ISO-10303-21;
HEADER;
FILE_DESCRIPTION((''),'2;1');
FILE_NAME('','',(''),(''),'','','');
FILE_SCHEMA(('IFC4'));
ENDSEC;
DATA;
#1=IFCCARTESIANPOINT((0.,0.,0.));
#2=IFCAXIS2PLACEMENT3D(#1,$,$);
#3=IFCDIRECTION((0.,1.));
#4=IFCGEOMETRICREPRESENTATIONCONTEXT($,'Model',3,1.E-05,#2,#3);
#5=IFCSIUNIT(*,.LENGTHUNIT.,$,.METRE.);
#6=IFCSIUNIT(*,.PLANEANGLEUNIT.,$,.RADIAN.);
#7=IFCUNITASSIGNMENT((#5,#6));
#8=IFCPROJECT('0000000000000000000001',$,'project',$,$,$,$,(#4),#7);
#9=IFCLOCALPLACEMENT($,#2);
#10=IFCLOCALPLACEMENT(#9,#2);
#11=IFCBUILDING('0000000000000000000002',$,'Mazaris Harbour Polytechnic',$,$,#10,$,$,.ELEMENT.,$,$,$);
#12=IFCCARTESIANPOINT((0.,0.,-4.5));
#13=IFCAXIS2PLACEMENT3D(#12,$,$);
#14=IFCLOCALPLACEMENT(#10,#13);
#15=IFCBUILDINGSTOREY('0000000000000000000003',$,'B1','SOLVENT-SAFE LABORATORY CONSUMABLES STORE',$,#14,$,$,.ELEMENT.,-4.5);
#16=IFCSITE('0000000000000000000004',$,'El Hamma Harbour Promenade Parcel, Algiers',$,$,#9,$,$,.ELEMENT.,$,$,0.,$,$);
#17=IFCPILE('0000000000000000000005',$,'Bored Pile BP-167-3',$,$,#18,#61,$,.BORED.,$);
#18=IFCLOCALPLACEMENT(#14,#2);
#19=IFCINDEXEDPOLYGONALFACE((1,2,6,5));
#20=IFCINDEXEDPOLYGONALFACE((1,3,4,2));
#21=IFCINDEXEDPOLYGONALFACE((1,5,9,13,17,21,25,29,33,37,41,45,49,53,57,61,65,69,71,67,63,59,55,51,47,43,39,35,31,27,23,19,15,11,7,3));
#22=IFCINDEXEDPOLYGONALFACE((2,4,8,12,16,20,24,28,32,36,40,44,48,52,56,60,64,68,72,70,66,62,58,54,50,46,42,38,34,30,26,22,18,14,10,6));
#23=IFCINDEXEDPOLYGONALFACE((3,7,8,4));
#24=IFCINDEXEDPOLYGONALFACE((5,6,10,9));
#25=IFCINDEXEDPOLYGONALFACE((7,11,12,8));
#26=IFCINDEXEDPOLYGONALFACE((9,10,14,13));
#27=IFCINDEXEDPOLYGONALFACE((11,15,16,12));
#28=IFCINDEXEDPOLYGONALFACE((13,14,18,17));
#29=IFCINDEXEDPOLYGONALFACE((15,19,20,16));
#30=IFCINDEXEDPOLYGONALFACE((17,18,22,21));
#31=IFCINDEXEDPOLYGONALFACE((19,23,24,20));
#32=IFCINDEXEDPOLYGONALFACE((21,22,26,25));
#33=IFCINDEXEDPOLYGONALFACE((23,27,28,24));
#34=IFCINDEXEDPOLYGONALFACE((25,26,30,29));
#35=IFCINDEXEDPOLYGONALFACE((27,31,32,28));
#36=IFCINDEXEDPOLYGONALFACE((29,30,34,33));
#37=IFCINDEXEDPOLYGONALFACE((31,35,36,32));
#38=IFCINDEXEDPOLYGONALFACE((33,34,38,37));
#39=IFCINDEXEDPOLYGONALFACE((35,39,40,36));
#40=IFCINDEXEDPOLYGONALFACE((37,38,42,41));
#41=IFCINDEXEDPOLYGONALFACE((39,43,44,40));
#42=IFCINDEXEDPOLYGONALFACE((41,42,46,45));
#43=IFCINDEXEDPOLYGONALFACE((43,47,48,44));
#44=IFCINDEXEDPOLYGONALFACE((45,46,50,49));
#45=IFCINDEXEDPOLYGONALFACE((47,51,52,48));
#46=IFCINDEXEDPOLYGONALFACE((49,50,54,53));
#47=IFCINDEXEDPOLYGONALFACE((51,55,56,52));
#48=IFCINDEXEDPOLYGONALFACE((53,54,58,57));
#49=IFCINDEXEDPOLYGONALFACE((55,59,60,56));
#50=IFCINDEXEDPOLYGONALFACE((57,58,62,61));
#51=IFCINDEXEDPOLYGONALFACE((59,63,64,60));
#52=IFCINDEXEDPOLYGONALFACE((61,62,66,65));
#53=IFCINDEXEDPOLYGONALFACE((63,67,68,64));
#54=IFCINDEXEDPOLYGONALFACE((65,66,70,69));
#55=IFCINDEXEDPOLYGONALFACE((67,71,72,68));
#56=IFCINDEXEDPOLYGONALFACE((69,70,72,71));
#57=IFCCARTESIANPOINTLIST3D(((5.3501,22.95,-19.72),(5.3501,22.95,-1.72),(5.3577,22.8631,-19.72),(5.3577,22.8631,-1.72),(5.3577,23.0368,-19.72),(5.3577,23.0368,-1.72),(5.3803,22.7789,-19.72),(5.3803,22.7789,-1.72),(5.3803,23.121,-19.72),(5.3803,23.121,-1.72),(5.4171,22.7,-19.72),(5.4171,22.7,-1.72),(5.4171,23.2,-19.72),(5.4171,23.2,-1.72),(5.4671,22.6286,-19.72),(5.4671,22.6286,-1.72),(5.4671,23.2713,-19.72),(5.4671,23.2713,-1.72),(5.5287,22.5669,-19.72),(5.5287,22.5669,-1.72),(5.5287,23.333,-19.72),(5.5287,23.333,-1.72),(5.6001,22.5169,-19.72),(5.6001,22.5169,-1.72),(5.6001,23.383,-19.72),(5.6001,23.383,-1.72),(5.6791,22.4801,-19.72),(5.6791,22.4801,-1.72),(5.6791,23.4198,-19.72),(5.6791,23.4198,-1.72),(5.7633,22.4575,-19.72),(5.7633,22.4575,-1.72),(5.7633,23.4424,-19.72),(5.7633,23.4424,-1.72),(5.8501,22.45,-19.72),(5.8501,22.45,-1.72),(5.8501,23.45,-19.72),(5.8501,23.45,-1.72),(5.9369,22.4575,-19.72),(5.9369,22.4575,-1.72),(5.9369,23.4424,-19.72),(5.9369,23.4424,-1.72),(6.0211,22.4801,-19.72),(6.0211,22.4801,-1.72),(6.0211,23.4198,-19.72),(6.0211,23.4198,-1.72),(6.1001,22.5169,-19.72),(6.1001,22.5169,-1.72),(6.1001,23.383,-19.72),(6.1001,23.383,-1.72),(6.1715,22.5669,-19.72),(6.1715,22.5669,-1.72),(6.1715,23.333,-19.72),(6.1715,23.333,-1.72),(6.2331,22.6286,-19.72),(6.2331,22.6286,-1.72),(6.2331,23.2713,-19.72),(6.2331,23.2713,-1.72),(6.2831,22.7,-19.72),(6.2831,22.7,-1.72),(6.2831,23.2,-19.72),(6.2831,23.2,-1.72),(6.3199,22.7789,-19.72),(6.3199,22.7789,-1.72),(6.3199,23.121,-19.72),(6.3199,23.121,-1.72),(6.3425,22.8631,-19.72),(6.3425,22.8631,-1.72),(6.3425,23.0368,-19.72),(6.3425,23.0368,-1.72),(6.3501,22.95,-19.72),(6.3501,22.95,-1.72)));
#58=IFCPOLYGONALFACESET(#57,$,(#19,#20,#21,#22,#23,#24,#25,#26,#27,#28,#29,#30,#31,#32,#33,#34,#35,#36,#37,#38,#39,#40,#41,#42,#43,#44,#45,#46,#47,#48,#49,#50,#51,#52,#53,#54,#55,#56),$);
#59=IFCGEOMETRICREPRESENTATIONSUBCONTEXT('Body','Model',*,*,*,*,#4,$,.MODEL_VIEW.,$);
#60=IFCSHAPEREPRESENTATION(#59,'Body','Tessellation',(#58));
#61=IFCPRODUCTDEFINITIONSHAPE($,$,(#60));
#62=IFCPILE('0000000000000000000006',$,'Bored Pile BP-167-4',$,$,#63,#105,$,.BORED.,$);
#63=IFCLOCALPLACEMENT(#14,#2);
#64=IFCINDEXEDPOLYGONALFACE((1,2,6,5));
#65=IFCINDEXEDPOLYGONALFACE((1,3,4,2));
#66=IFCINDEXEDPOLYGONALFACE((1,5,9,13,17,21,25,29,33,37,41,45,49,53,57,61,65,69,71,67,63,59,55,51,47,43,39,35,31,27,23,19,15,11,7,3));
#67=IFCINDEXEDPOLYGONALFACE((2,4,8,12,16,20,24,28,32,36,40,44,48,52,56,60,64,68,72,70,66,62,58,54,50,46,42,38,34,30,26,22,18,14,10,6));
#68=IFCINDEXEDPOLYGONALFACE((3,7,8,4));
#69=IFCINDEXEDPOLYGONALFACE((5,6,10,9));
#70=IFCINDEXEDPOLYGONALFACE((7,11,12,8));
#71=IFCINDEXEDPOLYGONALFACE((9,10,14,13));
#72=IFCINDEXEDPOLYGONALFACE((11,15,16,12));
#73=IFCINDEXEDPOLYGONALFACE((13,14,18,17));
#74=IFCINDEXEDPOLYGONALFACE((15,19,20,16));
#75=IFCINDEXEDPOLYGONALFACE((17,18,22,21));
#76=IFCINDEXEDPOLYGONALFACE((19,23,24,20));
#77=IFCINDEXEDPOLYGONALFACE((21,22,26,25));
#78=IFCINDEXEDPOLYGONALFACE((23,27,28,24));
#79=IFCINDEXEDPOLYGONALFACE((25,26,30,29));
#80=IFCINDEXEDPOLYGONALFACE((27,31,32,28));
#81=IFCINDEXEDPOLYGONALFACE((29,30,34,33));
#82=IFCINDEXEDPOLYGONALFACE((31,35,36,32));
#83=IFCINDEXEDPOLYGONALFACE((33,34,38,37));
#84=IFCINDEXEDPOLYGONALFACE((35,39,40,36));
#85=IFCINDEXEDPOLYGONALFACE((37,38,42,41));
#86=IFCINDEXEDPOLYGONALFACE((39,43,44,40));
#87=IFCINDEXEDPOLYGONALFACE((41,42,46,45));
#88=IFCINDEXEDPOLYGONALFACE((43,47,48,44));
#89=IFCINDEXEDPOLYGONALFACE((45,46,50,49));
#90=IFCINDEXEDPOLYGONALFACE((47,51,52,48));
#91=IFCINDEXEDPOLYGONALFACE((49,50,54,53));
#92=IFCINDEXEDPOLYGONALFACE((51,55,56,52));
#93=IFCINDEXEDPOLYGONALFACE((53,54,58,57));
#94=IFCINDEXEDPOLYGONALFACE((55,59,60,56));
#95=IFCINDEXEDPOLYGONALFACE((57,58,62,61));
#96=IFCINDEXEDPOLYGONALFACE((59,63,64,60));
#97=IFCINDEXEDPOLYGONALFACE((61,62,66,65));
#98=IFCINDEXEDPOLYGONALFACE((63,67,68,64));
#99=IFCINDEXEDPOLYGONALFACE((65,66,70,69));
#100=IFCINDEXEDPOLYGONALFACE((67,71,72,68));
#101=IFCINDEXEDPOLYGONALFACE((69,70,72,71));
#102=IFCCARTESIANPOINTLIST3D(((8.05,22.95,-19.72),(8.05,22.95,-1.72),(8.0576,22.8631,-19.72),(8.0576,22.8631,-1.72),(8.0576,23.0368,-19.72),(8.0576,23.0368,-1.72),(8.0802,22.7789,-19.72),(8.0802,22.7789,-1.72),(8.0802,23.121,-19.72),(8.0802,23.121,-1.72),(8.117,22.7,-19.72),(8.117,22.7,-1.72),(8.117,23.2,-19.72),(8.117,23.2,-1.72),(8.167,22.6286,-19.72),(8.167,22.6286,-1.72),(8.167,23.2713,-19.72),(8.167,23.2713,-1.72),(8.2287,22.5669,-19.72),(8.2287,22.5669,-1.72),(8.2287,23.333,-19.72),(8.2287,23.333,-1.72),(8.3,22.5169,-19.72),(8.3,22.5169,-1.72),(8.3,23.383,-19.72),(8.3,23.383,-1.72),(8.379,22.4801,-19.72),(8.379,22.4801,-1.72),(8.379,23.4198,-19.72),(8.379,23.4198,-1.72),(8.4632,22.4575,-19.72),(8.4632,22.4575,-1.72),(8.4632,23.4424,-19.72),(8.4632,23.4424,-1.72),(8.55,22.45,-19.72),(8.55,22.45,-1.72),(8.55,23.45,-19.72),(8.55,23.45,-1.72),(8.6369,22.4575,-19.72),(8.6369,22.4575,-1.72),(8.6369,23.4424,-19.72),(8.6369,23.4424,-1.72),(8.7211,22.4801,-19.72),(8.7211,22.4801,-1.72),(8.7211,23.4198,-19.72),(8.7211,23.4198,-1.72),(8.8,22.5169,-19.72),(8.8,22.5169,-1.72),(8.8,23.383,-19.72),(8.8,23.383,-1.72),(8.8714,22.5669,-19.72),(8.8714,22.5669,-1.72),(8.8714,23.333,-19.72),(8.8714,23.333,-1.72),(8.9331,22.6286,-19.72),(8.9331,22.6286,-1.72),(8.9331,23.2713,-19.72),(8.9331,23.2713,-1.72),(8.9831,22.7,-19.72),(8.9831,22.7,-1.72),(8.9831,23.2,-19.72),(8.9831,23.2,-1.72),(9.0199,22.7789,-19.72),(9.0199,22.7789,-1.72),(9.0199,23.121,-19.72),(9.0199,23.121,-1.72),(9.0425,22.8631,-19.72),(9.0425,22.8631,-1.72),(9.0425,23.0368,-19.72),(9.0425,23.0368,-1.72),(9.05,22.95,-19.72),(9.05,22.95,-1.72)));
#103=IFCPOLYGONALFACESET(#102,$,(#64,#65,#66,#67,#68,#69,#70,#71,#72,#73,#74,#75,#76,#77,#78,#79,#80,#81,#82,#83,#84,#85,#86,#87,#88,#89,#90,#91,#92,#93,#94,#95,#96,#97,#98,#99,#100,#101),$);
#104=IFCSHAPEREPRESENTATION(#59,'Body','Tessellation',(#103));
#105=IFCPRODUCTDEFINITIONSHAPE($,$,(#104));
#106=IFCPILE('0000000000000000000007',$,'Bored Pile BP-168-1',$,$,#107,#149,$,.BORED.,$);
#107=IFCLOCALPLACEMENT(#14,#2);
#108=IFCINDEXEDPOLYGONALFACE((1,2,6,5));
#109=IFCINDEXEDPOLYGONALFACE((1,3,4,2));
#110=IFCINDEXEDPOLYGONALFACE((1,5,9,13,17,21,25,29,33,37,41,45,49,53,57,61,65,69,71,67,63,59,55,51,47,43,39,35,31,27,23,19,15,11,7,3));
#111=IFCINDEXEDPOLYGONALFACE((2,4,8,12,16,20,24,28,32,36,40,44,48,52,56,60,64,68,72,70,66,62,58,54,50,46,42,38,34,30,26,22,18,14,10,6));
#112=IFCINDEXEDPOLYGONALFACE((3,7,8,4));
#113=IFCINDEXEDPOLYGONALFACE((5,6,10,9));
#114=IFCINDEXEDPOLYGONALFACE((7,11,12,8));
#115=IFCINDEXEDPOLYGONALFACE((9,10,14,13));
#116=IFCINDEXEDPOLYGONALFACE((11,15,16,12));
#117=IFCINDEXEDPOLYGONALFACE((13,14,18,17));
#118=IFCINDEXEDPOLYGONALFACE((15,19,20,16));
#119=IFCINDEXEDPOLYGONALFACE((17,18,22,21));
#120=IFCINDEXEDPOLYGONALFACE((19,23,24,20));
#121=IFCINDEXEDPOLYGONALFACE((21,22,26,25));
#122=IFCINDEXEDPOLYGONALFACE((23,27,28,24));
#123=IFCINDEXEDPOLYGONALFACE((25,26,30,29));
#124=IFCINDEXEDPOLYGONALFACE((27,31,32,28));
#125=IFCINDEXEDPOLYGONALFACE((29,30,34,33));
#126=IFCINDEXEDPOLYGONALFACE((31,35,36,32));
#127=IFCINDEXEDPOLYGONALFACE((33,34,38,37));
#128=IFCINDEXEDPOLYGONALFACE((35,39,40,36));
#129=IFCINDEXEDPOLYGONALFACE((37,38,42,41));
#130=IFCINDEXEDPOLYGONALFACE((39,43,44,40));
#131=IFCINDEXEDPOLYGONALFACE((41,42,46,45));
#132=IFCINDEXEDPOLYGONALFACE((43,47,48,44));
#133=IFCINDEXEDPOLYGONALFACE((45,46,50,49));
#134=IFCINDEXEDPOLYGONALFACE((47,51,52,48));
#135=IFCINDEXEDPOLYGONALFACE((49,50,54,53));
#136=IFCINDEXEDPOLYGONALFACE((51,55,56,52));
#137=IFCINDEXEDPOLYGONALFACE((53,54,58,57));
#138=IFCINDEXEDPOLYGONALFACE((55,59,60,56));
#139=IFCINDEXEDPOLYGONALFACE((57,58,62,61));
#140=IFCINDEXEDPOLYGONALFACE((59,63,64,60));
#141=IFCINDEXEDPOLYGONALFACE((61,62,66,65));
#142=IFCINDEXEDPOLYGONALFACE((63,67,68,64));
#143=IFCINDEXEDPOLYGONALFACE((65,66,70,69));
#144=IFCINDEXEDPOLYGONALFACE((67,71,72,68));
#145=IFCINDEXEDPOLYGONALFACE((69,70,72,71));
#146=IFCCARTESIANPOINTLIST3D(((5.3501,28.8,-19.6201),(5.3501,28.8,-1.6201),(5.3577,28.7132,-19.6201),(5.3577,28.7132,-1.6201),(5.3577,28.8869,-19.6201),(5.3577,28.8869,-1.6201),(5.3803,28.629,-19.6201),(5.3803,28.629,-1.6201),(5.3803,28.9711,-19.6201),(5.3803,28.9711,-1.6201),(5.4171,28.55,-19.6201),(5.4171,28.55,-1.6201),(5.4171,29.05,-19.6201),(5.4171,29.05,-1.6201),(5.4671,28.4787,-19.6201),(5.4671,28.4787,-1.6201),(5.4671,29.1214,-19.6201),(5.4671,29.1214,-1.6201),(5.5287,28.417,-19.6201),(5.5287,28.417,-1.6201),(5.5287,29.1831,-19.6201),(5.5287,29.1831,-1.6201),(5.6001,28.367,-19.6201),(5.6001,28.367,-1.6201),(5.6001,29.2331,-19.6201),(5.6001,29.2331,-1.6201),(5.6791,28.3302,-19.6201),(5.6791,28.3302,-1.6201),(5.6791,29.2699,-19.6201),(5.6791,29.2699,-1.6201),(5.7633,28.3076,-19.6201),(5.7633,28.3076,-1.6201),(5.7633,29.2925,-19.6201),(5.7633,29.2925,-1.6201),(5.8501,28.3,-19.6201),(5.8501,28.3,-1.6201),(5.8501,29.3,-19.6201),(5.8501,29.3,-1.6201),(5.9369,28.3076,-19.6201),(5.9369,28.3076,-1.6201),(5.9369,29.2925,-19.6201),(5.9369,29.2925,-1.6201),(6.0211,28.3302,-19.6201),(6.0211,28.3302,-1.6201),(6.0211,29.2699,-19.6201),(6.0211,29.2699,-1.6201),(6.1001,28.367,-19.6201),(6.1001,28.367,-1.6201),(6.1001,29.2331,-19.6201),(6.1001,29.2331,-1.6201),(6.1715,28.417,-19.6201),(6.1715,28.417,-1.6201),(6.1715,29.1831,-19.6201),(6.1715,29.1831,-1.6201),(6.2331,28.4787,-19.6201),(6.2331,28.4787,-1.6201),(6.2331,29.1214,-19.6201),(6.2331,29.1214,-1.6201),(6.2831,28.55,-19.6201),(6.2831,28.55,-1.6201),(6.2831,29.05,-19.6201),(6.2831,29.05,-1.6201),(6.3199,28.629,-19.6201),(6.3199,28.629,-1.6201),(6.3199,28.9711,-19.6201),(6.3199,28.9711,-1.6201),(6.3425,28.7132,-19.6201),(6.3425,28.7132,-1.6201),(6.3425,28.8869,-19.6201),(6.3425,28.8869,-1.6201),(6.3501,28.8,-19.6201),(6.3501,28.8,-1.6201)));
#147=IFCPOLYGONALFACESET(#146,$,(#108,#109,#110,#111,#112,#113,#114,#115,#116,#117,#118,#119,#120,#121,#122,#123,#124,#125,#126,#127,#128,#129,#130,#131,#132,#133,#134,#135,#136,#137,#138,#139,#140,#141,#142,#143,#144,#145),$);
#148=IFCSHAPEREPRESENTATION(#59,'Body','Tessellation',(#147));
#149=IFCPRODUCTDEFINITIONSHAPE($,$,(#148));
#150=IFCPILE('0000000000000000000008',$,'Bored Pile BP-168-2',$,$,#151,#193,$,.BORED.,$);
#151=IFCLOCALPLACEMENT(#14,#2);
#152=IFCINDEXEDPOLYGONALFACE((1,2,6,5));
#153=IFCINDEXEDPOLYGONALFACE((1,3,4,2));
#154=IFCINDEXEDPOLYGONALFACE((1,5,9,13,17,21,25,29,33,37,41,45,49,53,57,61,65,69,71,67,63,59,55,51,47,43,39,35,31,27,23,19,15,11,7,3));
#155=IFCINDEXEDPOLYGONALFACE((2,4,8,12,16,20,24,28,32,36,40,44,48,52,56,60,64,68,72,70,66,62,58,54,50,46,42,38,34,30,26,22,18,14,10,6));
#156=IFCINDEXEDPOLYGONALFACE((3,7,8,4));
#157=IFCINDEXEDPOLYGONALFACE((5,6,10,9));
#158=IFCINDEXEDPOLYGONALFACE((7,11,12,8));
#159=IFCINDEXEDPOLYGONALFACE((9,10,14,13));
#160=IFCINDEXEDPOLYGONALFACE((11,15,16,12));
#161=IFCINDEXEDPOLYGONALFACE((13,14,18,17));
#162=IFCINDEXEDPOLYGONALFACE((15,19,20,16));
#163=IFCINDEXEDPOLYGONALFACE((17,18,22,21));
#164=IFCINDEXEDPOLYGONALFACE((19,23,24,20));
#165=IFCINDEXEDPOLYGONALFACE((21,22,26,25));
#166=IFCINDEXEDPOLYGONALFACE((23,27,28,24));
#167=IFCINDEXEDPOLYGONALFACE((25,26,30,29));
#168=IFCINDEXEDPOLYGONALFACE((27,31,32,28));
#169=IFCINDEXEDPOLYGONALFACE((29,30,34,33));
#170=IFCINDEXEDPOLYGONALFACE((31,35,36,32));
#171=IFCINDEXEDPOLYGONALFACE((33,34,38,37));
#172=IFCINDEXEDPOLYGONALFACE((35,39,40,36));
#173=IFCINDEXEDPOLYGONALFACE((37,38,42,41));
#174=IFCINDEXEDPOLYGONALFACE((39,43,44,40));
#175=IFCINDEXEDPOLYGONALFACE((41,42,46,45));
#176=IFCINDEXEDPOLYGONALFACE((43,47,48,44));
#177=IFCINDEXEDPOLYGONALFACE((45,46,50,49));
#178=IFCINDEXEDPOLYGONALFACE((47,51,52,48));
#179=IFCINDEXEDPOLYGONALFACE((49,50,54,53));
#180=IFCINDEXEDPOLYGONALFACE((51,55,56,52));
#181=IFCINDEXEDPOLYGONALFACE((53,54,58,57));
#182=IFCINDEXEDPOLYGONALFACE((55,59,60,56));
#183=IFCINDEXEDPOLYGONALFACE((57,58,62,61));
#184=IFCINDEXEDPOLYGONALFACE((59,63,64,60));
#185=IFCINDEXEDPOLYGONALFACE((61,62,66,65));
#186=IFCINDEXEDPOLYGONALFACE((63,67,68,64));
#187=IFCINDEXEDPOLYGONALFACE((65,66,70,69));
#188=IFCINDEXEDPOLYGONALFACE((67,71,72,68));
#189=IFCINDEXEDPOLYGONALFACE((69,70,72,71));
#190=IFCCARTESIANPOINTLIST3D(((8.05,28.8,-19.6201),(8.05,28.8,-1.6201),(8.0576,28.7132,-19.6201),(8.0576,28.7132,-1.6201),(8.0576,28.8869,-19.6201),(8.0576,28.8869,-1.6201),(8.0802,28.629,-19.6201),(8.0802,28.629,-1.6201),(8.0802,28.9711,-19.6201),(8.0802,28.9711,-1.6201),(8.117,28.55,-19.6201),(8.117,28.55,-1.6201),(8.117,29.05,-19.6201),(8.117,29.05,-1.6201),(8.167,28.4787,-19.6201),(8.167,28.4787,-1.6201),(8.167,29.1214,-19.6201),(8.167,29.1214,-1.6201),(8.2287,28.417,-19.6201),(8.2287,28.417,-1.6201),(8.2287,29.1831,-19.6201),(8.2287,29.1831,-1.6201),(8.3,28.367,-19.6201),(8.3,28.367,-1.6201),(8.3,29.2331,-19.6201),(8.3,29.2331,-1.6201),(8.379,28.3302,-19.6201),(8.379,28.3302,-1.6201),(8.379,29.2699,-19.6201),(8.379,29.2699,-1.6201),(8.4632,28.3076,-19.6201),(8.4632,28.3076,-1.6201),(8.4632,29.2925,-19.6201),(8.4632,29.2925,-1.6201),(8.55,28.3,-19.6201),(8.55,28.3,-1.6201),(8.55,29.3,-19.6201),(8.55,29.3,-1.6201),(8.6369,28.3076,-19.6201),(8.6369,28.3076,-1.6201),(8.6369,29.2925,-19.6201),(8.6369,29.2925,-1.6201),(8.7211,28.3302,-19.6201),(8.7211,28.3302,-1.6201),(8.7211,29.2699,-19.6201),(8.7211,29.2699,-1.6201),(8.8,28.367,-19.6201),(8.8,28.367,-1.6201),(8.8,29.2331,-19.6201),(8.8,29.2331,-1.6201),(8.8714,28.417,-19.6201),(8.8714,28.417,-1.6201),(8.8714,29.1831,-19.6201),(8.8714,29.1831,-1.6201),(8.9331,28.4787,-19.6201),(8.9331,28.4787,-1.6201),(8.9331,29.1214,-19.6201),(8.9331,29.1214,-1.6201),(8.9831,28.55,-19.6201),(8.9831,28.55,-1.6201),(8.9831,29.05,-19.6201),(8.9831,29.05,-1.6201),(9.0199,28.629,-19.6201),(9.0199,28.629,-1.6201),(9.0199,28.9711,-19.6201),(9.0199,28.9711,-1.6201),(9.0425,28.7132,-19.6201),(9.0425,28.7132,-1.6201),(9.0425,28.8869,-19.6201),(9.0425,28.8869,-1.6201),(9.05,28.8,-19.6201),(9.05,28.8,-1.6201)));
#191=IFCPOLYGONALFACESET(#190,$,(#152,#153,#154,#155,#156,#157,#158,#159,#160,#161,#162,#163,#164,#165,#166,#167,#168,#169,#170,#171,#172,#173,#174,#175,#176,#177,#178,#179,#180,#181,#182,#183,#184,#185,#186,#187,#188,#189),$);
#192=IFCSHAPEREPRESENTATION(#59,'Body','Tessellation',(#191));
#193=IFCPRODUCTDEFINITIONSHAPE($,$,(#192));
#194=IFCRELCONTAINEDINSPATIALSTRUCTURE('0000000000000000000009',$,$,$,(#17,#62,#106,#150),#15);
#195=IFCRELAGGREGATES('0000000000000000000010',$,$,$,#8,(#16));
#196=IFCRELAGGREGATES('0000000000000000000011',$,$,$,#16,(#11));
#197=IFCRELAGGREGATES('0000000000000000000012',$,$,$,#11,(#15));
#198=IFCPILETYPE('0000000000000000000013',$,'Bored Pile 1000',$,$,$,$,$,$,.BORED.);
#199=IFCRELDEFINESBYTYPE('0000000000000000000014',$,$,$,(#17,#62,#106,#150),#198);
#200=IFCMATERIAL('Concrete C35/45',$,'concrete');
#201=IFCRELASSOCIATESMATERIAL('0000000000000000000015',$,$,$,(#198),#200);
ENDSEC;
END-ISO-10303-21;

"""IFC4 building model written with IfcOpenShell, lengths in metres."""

from ifc_helpers import new_model, si_unit, direction, frame, origin, origin_2d, place, context, subcontext, project, spatial, circle, extrude, material, material_profile, profile_set, type_object, element, save


model = new_model("IFC4")

# Units and contexts
model_context = context("Model", 3, precision=1e-05, world=origin(), true_north=direction((0.0, 1.0)))
body_context = subcontext(model_context, "Body", "Model", "MODEL_VIEW")
ifc_project = project(units=[si_unit("LENGTHUNIT", "METRE"), si_unit("PLANEANGLEUNIT", "RADIAN")], contexts=[model_context])

# Site, building, storey
site_placement = place(None, origin())
site = spatial("IfcSite", under=ifc_project, at=site_placement, Name="El Hamma Harbour Promenade Parcel, Algiers", CompositionType="ELEMENT", RefElevation=0.0)
building_placement = place(site_placement, origin())
building = spatial("IfcBuilding", under=site, at=building_placement, Name="Mazaris Harbour Polytechnic", CompositionType="ELEMENT")
storey_placement = place(building_placement, frame((0.0, 0.0, -4.5)))
storey = spatial("IfcBuildingStorey", under=building, at=storey_placement, Name="B1", Description="SOLVENT-SAFE LABORATORY CONSUMABLES STORE", CompositionType="ELEMENT", Elevation=-4.5)

# Piles
ifc_material_1 = material(Name="Concrete C35/45", Category="concrete")
ifc_material_profile_1 = material_profile(ifc_material_1, circle(Radius=0.5, at=origin_2d()), Name="DIA1000")
ifc_profile_set_1 = profile_set([ifc_material_profile_1], Name="Concrete C35/45")
pile_type = type_object("IfcPileType", Name="Bored Pile 1000", PredefinedType="BORED", material=ifc_profile_set_1)
for number, where, z_axis, x_axis, name in (
    (1, (5.8501, 22.95, -1.72), (0.0, 0.0, -1.0), (1.0, 0.0, 0.0), "Bored Pile BP-167-3"),
    (2, (8.55, 22.95, -1.72), (0.0, 0.0, -1.0), (1.0, 0.0, 0.0), "Bored Pile BP-167-4"),
    (3, (5.8501, 28.8, -1.6201), (0.0, 0.0, -1.0), (1.0, 0.0, 0.0), "Bored Pile BP-168-1"),
    (4, (8.55, 28.8, -1.6201), (0.0, 0.0, -1.0), (1.0, 0.0, 0.0), "Bored Pile BP-168-2"),
):
    element("IfcPile", number, at=place(storey_placement, frame(where, z_axis=z_axis, x_axis=x_axis)), inside=storey, type_object=pile_type, Name=name, PredefinedType="BORED", context=body_context, shape_type="SweptSolid", body=[
        extrude(circle(Radius=0.5, at=origin_2d()), origin(), (0.0, 0.0, 1.0), 18.0),
    ])

save(model, "model.ifc")
